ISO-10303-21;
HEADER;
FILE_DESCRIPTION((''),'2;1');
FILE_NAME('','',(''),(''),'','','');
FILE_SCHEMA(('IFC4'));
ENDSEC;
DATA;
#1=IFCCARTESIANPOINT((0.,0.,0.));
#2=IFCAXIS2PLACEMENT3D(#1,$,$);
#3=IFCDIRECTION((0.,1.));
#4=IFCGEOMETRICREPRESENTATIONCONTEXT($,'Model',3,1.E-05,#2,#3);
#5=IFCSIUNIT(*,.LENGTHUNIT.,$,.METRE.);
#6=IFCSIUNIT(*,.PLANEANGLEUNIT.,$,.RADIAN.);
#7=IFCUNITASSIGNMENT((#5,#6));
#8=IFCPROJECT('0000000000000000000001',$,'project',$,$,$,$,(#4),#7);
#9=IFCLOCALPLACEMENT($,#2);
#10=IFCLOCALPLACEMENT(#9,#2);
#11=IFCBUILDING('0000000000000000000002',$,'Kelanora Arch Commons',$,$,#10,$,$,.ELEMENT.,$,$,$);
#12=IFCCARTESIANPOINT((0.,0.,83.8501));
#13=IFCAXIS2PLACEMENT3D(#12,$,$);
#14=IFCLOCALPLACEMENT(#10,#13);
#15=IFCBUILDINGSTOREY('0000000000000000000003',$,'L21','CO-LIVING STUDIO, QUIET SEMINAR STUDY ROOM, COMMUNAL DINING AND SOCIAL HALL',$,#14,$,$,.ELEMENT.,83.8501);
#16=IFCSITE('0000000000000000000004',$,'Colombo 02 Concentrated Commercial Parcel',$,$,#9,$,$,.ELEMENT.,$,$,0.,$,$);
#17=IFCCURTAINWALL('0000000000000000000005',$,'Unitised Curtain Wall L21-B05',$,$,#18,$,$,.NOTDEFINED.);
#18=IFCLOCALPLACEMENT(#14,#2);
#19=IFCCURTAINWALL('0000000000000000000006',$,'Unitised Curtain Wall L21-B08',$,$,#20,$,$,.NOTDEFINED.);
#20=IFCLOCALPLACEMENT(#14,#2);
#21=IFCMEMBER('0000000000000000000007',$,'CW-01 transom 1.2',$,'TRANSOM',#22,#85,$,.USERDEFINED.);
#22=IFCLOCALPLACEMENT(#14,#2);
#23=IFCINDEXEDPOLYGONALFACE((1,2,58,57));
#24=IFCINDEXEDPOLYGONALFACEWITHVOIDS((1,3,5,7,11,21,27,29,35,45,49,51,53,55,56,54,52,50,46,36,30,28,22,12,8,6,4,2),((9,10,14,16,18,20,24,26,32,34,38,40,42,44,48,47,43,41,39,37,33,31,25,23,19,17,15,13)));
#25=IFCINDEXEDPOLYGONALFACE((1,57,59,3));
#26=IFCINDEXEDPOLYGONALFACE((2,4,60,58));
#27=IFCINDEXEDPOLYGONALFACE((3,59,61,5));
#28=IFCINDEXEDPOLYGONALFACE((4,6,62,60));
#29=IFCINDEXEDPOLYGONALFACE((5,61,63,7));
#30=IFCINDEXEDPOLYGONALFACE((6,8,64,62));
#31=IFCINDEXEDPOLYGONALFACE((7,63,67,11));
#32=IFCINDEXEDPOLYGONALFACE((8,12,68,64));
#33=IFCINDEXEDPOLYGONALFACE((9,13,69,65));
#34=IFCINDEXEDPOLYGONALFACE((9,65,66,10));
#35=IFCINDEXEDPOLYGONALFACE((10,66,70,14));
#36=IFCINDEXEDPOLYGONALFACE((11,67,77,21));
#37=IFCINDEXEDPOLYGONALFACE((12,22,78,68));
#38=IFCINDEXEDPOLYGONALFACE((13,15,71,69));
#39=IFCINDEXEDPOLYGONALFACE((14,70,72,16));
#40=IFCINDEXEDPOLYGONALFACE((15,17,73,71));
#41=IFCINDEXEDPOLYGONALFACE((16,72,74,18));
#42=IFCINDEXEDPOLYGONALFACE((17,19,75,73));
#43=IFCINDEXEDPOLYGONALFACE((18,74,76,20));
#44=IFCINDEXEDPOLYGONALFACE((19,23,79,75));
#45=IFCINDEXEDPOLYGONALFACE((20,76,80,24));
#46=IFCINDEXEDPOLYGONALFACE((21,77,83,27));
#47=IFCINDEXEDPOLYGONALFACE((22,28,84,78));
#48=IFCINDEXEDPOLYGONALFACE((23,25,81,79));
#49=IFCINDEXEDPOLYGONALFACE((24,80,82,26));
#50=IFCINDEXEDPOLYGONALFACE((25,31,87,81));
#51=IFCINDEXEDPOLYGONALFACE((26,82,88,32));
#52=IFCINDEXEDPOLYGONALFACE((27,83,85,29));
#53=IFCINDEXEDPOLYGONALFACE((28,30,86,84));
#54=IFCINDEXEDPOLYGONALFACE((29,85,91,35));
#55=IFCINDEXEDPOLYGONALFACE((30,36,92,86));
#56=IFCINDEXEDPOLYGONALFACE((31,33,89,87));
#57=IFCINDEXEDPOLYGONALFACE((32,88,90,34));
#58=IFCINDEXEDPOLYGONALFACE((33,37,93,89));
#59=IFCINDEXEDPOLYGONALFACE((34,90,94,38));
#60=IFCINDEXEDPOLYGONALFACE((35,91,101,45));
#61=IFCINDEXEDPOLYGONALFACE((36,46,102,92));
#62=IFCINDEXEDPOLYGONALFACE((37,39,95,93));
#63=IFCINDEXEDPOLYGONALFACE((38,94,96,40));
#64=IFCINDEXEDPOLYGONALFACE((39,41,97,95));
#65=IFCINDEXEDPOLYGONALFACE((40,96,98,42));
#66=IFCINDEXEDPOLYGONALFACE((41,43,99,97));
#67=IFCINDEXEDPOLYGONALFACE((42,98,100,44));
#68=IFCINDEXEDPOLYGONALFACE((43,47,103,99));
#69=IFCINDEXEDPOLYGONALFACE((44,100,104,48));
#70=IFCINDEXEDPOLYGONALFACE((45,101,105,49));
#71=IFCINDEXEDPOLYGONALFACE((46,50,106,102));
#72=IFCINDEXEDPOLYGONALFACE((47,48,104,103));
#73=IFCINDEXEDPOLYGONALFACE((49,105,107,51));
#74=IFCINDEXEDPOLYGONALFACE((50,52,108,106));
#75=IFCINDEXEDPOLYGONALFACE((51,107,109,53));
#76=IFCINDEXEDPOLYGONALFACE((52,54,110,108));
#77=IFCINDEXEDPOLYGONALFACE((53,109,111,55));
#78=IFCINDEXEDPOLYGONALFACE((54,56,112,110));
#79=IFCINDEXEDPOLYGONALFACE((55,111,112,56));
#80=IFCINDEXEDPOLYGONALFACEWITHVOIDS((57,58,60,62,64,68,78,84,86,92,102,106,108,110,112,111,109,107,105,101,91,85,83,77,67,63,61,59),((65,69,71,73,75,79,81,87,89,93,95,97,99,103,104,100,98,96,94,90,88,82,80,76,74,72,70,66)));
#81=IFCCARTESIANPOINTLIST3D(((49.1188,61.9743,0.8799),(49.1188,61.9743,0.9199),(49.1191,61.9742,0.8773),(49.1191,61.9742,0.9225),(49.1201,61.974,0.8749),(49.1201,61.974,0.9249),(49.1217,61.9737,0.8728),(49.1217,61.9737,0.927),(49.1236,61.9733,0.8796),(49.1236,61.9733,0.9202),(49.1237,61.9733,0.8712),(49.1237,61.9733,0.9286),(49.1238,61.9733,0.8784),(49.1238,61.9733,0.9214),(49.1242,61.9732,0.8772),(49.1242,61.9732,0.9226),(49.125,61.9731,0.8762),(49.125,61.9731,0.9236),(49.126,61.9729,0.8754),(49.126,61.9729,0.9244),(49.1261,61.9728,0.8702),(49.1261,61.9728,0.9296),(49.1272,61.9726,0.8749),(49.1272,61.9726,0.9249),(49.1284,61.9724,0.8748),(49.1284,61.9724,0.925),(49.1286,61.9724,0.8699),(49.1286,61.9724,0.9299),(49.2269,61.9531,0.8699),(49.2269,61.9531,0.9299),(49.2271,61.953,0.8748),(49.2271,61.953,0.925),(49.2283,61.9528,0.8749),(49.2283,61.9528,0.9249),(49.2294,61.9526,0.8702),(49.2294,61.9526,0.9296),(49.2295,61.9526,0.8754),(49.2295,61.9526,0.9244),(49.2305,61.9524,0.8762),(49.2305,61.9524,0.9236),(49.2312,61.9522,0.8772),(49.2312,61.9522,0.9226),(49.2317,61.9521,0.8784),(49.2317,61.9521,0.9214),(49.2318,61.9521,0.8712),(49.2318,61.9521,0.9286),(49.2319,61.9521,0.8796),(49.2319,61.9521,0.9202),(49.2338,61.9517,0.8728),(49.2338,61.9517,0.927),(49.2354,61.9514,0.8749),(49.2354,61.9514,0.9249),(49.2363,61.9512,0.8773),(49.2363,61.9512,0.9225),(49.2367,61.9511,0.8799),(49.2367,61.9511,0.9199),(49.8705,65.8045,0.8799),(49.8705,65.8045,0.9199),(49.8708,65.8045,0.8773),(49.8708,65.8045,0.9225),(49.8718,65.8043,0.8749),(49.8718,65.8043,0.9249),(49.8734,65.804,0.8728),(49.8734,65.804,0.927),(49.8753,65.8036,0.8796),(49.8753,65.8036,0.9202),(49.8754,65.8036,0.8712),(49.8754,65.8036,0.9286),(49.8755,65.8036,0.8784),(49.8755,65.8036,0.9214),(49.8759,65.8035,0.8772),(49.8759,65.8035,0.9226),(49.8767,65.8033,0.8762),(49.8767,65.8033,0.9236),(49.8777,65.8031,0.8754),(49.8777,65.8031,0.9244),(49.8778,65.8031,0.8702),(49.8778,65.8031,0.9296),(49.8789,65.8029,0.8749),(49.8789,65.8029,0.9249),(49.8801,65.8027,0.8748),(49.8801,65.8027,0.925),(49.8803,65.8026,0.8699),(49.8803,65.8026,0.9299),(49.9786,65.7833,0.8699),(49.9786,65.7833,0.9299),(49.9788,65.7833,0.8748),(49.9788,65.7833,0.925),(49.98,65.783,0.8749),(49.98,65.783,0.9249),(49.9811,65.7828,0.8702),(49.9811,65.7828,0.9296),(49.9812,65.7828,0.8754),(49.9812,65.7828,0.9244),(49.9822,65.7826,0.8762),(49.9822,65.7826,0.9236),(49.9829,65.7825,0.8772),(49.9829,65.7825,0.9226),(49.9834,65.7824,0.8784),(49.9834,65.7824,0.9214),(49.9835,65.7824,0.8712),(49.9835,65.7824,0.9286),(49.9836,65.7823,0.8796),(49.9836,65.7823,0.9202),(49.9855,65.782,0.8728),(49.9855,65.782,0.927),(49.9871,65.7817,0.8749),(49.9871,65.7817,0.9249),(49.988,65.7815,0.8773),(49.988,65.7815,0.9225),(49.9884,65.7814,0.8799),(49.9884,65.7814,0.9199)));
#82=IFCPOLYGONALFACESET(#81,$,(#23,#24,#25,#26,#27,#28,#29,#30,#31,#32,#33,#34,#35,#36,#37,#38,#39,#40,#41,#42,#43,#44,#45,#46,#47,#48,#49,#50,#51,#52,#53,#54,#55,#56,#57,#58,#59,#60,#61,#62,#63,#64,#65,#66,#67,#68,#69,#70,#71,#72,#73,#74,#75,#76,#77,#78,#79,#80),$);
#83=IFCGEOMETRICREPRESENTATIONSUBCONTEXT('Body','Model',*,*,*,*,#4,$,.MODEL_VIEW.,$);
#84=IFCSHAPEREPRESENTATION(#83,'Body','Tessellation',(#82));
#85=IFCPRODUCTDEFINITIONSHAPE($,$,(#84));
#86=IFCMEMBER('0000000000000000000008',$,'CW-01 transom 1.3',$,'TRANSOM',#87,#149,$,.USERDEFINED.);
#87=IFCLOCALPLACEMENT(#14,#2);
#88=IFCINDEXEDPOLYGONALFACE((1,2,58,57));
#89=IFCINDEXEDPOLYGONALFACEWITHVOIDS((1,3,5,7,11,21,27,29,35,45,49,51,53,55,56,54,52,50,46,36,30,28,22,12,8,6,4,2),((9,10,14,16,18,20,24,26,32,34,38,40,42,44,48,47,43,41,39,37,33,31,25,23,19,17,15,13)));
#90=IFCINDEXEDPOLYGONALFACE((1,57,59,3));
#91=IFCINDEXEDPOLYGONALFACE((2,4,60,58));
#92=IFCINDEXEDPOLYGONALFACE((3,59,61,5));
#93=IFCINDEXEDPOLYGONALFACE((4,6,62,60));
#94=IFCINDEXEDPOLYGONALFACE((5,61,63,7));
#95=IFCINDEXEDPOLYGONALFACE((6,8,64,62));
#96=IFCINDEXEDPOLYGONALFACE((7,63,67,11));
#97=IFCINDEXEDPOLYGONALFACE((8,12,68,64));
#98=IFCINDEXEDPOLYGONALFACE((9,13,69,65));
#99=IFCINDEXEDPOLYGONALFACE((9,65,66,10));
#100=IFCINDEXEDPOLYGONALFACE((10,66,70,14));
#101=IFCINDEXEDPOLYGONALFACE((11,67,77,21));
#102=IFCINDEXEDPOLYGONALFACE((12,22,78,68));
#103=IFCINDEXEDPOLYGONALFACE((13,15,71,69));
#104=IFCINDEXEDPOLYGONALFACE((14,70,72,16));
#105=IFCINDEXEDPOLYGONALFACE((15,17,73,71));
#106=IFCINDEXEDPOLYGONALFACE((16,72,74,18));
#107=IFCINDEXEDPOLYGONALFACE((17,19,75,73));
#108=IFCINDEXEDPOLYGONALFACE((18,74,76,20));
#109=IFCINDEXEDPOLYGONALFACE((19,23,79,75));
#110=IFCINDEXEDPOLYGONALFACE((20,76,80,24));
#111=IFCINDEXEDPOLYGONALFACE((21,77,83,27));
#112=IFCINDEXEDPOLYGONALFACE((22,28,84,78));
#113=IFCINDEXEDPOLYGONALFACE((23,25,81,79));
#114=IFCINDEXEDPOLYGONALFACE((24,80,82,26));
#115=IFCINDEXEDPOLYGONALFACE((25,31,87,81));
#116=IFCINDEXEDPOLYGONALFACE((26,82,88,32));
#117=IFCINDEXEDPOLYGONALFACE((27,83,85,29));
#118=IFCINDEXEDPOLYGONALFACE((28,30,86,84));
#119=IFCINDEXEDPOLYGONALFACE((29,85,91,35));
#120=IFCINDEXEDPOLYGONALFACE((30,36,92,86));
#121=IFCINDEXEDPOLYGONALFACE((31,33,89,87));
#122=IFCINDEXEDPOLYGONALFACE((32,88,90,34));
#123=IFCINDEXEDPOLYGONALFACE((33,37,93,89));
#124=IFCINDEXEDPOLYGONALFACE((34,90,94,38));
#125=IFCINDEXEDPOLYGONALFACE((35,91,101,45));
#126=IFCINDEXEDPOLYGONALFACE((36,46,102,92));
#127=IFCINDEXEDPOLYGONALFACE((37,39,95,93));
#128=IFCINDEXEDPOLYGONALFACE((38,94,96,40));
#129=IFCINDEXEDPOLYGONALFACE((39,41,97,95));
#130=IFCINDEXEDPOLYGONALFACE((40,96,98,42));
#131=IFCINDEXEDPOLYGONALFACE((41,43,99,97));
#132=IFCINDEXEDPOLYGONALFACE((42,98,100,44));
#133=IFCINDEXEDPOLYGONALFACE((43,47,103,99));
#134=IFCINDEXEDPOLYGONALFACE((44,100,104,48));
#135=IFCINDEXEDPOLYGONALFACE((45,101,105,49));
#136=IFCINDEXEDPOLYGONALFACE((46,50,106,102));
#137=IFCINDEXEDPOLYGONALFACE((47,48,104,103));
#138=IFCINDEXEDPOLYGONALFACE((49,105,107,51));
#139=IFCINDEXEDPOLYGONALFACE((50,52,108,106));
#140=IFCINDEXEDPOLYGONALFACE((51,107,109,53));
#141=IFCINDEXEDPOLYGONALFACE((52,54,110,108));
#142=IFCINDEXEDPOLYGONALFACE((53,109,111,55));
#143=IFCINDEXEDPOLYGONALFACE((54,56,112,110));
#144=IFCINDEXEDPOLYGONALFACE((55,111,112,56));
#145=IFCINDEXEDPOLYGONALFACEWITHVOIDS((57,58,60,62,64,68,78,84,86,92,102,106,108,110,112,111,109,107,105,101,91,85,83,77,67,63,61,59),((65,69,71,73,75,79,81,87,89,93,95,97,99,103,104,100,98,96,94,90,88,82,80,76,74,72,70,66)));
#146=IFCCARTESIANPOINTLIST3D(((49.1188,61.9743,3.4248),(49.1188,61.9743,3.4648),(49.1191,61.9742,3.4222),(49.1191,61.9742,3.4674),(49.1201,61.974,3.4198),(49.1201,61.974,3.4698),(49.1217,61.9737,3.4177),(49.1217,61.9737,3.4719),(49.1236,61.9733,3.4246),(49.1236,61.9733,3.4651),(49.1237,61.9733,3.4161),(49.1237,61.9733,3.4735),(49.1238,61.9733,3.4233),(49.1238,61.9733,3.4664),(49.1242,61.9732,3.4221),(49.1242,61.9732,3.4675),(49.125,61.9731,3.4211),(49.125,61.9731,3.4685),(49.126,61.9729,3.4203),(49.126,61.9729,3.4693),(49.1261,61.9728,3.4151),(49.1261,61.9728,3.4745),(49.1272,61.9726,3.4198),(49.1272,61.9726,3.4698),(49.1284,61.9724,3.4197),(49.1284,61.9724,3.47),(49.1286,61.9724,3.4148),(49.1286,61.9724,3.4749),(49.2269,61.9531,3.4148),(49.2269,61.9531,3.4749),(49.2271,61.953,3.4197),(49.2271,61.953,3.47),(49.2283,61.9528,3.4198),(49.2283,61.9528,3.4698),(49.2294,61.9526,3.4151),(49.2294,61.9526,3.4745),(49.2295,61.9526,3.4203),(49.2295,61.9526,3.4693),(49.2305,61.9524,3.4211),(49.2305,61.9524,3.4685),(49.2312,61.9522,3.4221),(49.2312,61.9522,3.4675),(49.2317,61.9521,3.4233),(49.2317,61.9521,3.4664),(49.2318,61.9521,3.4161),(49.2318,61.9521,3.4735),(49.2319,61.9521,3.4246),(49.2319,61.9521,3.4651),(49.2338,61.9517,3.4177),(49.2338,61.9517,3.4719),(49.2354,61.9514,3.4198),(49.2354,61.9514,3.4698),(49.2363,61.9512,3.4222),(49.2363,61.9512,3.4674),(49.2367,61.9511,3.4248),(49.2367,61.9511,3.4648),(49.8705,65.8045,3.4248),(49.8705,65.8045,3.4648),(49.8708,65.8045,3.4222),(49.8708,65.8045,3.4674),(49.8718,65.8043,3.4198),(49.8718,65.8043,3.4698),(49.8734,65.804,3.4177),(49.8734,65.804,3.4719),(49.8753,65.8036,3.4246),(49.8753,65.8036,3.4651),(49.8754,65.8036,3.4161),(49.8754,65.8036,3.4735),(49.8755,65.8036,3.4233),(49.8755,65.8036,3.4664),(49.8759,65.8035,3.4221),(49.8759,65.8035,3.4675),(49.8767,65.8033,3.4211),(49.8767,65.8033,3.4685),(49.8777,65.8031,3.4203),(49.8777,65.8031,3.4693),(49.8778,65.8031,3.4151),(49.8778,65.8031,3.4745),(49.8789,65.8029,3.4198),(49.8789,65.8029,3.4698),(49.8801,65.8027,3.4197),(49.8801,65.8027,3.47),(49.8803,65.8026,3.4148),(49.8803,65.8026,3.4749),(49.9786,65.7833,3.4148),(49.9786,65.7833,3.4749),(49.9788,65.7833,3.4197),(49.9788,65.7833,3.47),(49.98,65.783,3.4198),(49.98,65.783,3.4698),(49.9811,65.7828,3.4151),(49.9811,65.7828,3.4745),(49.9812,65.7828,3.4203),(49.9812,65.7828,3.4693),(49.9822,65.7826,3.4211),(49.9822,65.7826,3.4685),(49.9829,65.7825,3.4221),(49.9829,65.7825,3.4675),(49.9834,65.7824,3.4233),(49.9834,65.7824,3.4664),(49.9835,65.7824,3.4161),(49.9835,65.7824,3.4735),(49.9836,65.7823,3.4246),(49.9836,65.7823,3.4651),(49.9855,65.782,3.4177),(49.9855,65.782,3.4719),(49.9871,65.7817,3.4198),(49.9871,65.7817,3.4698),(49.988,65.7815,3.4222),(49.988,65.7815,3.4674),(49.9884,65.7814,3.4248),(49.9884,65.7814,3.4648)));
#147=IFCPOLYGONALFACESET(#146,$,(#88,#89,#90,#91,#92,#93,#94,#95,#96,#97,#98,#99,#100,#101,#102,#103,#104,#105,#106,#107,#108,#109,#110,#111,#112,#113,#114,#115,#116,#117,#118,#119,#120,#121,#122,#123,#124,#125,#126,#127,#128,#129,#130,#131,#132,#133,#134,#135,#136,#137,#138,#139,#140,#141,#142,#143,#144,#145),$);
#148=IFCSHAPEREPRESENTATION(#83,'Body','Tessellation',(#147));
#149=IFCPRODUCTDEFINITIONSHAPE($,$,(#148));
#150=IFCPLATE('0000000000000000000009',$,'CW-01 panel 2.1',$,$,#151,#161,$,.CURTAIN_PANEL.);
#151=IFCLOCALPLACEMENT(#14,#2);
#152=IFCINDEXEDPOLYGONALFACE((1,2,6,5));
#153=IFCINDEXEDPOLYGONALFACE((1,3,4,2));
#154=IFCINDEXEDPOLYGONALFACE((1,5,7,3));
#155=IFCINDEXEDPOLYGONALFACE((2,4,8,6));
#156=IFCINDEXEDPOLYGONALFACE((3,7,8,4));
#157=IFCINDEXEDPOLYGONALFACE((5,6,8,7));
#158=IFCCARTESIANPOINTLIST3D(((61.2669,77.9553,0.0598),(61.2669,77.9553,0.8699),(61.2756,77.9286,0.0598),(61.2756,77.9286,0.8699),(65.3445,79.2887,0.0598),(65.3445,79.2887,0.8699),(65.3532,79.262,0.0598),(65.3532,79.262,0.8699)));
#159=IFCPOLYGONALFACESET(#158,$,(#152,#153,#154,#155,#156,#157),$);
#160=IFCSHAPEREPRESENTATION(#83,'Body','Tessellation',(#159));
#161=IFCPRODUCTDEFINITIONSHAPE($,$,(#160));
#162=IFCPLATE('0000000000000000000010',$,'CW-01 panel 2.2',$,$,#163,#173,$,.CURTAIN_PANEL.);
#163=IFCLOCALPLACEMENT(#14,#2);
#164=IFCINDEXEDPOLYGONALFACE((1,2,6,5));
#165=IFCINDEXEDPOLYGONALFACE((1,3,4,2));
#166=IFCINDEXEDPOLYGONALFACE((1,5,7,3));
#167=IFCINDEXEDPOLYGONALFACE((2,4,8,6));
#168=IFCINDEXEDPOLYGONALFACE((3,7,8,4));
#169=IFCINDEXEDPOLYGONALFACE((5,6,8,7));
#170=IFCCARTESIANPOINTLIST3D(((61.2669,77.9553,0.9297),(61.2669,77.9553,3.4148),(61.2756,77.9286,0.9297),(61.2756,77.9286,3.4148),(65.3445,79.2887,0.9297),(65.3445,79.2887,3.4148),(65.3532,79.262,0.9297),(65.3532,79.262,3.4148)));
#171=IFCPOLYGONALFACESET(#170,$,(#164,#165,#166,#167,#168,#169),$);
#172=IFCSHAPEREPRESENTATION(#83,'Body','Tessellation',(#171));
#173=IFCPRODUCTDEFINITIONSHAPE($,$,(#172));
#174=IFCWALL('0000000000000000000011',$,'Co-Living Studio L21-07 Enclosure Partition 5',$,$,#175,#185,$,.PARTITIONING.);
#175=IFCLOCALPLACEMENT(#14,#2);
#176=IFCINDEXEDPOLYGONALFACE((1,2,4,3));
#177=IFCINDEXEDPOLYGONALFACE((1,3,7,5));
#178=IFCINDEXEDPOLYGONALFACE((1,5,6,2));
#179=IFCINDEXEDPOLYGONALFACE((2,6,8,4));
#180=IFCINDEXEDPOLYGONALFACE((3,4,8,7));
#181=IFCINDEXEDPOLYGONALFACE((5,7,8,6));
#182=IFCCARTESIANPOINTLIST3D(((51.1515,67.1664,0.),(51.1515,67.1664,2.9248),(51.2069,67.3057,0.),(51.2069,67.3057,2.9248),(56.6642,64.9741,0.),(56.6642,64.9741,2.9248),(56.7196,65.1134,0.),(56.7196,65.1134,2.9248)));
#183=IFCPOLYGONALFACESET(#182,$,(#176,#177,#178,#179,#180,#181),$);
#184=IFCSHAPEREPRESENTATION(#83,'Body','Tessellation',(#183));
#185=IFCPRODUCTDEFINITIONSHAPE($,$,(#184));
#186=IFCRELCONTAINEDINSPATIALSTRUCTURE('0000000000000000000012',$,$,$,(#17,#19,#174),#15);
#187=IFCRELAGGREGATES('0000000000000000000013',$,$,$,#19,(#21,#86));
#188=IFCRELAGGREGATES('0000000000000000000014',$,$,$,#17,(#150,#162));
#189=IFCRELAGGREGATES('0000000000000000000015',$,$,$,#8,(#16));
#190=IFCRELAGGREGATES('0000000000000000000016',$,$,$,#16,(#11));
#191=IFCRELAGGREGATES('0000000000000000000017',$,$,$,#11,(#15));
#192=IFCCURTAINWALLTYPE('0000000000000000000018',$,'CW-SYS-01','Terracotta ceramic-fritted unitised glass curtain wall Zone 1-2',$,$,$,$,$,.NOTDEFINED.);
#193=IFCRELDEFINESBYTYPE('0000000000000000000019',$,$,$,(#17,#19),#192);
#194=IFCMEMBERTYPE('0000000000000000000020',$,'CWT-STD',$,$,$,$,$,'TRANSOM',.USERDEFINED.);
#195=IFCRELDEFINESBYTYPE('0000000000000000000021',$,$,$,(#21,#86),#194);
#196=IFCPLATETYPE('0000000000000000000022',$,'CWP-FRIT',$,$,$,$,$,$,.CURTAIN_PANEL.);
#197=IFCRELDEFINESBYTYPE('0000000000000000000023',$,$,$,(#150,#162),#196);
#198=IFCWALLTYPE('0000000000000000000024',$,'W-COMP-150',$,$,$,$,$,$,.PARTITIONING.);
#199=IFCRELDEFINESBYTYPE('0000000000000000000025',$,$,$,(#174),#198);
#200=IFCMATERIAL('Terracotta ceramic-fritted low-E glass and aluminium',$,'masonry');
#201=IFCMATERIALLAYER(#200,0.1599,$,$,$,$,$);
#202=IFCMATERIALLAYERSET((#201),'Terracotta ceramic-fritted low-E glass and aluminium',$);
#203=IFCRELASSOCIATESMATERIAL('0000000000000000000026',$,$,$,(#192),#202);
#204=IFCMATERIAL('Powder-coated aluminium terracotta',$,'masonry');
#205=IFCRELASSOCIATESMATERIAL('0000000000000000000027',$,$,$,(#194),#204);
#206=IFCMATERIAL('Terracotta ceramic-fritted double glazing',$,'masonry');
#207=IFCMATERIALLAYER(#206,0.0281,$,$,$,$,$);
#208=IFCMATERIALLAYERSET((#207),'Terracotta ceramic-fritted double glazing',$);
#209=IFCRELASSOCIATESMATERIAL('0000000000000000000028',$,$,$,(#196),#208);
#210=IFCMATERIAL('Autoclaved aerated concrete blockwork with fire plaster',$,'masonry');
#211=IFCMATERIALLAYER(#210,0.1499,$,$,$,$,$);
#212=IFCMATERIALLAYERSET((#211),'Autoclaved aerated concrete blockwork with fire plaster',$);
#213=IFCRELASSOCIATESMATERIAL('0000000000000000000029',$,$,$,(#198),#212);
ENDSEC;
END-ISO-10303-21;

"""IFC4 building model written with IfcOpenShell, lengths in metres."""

from ifc_helpers import new_model, si_unit, direction, frame, frame_2d, origin, origin_2d, place, context, subcontext, project, spatial, rectangle, hollow_rectangle, extrude, source, transform, mapped, material, layer, layer_set, material_profile, profile_set, type_object, element, aggregate, save


model = new_model("IFC4")

# Units and contexts
model_context = context("Model", 3, precision=1e-05, world=origin(), true_north=direction((0.0, 1.0)))
body_context = subcontext(model_context, "Body", "Model", "MODEL_VIEW")
ifc_project = project(units=[si_unit("LENGTHUNIT", "METRE"), si_unit("PLANEANGLEUNIT", "RADIAN")], contexts=[model_context])

# Site, building, storey
site_placement = place(None, origin())
site = spatial("IfcSite", under=ifc_project, at=site_placement, Name="Colombo 02 Concentrated Commercial Parcel", CompositionType="ELEMENT", RefElevation=0.0)
building_placement = place(site_placement, origin())
building = spatial("IfcBuilding", under=site, at=building_placement, Name="Kelanora Arch Commons", CompositionType="ELEMENT")
storey_placement = place(building_placement, frame((0.0, 0.0, 83.8501)))
storey = spatial("IfcBuildingStorey", under=building, at=storey_placement, Name="L21", Description="CO-LIVING STUDIO, QUIET SEMINAR STUDY ROOM, COMMUNAL DINING AND SOCIAL HALL", CompositionType="ELEMENT", Elevation=83.8501)

# Curtain wall
ifc_material_1 = material(Name="Terracotta ceramic-fritted low-E glass and aluminium", Category="masonry")
ifc_layer_1 = layer(ifc_material_1, 0.1599)
ifc_layer_set_1 = layer_set([ifc_layer_1], Name="Terracotta ceramic-fritted low-E glass and aluminium")
curtain_wall_type = type_object("IfcCurtainWallType", Name="CW-SYS-01", Description="Terracotta ceramic-fritted unitised glass curtain wall Zone 1-2", PredefinedType="NOTDEFINED", material=ifc_layer_set_1)
curtain_wall_1_placement = place(storey_placement, origin())
curtain_wall_1 = element("IfcCurtainWall", 1, at=curtain_wall_1_placement, inside=storey, type_object=curtain_wall_type, Name="Unitised Curtain Wall L21-B05", PredefinedType="NOTDEFINED")
ifc_material_2 = material(Name="Powder-coated aluminium terracotta", Category="masonry")

# Curtain wall, members
curtain_wall_2_placement = place(storey_placement, origin())
curtain_wall_2 = element("IfcCurtainWall", 2, at=curtain_wall_2_placement, inside=storey, type_object=curtain_wall_type, Name="Unitised Curtain Wall L21-B08", PredefinedType="NOTDEFINED")
ifc_material_profile_1 = material_profile(ifc_material_2, hollow_rectangle(XDim=0.1201, YDim=0.0601, WallThickness=0.0049, InnerFilletRadius=0.0049, OuterFilletRadius=0.01, at=origin_2d()), Name="CWT120x60")
ifc_profile_set_1 = profile_set([ifc_material_profile_1], Name="Powder-coated aluminium terracotta")
member_type_1 = type_object("IfcMemberType", Name="CWT-STD", ElementType="TRANSOM", PredefinedType="USERDEFINED", material=ifc_profile_set_1)
member_1_placement = place(storey_placement, frame((49.9294, 65.793, 0.8999), z_axis=(-0.192579, -0.981282, 0.0), x_axis=(0.981282, -0.192579, 0.0)))
member_1 = element("IfcMember", 3, at=member_1_placement, type_object=member_type_1, Name="CW-01 transom 1.2", ObjectType="TRANSOM", PredefinedType="USERDEFINED", context=body_context, shape_type="SweptSolid", body=[
    extrude(hollow_rectangle(XDim=0.1201, YDim=0.0601, WallThickness=0.0049, InnerFilletRadius=0.0049, OuterFilletRadius=0.01, at=origin_2d()), origin(), (0.0, 0.0, 1.0), 3.9033),
])
member_2_placement = place(storey_placement, frame((49.9294, 65.793, 3.4448), z_axis=(-0.192579, -0.981282, 0.0), x_axis=(0.981282, -0.192579, 0.0)))
member_2 = element("IfcMember", 4, at=member_2_placement, type_object=member_type_1, Name="CW-01 transom 1.3", ObjectType="TRANSOM", PredefinedType="USERDEFINED", context=body_context, shape_type="SweptSolid", body=[
    extrude(hollow_rectangle(XDim=0.1201, YDim=0.0601, WallThickness=0.0049, InnerFilletRadius=0.0049, OuterFilletRadius=0.01, at=origin_2d()), origin(), (0.0, 0.0, 1.0), 3.9033),
])
aggregate(curtain_wall_2, [member_1, member_2])

# Plates
ifc_material_3 = material(Name="Terracotta ceramic-fritted double glazing", Category="masonry")
ifc_layer_2 = layer(ifc_material_3, 0.0281)
ifc_layer_set_2 = layer_set([ifc_layer_2], Name="Terracotta ceramic-fritted double glazing")
plate_type = type_object("IfcPlateType", Name="CWP-FRIT", PredefinedType="CURTAIN_PANEL", material=ifc_layer_set_2)
shared_shape_1 = source(origin(), body_context, "Body", "SweptSolid", [
    extrude(rectangle(XDim=4.29, YDim=0.0281, at=origin_2d()), origin(), (0.0, 0.0, 1.0), 0.8101),
])
plate_1_placement = place(storey_placement, frame((63.3101, 78.6086, 0.0598), z_axis=(0.0, 0.0, 1.0), x_axis=(-0.950474, -0.310805, 0.0)))
plate_1 = element("IfcPlate", 5, at=plate_1_placement, type_object=plate_type, Name="CW-01 panel 2.1", PredefinedType="CURTAIN_PANEL", context=body_context, shape_type="MappedRepresentation", body=[
    mapped(shared_shape_1, transform((0.0, 0.0, 0.0), scale=1.0)),
])
shared_shape_2 = source(origin(), body_context, "Body", "SweptSolid", [
    extrude(rectangle(XDim=4.29, YDim=0.0281, at=origin_2d()), origin(), (0.0, 0.0, 1.0), 2.4851),
])
plate_2_placement = place(storey_placement, frame((63.3101, 78.6086, 0.9297), z_axis=(0.0, 0.0, 1.0), x_axis=(-0.950474, -0.310805, 0.0)))
plate_2 = element("IfcPlate", 6, at=plate_2_placement, type_object=plate_type, Name="CW-01 panel 2.2", PredefinedType="CURTAIN_PANEL", context=body_context, shape_type="MappedRepresentation", body=[
    mapped(shared_shape_2, transform((0.0, 0.0, 0.0), scale=1.0)),
])
aggregate(curtain_wall_1, [plate_1, plate_2])

# Wall
ifc_material_4 = material(Name="Autoclaved aerated concrete blockwork with fire plaster", Category="masonry")
ifc_layer_3 = layer(ifc_material_4, 0.1499)
ifc_layer_set_3 = layer_set([ifc_layer_3], Name="Autoclaved aerated concrete blockwork with fire plaster")
wall_type_1 = type_object("IfcWallType", Name="W-COMP-150", PredefinedType="PARTITIONING", material=ifc_layer_set_3)
wall_1_placement = place(storey_placement, frame((51.1792, 67.2361, 0.0), z_axis=(0.0, 0.0, 1.0), x_axis=(0.929213, -0.369545, 0.0)))
element("IfcWall", 7, at=wall_1_placement, inside=storey, type_object=wall_type_1, Name="Co-Living Studio L21-07 Enclosure Partition 5", PredefinedType="PARTITIONING", context=body_context, shape_type="SweptSolid", body=[
    extrude(rectangle(XDim=5.9326, YDim=0.1499, at=frame_2d((2.9663, 0.0))), origin(), (0.0, 0.0, 1.0), 2.9248),
])

save(model, "model.ifc")
